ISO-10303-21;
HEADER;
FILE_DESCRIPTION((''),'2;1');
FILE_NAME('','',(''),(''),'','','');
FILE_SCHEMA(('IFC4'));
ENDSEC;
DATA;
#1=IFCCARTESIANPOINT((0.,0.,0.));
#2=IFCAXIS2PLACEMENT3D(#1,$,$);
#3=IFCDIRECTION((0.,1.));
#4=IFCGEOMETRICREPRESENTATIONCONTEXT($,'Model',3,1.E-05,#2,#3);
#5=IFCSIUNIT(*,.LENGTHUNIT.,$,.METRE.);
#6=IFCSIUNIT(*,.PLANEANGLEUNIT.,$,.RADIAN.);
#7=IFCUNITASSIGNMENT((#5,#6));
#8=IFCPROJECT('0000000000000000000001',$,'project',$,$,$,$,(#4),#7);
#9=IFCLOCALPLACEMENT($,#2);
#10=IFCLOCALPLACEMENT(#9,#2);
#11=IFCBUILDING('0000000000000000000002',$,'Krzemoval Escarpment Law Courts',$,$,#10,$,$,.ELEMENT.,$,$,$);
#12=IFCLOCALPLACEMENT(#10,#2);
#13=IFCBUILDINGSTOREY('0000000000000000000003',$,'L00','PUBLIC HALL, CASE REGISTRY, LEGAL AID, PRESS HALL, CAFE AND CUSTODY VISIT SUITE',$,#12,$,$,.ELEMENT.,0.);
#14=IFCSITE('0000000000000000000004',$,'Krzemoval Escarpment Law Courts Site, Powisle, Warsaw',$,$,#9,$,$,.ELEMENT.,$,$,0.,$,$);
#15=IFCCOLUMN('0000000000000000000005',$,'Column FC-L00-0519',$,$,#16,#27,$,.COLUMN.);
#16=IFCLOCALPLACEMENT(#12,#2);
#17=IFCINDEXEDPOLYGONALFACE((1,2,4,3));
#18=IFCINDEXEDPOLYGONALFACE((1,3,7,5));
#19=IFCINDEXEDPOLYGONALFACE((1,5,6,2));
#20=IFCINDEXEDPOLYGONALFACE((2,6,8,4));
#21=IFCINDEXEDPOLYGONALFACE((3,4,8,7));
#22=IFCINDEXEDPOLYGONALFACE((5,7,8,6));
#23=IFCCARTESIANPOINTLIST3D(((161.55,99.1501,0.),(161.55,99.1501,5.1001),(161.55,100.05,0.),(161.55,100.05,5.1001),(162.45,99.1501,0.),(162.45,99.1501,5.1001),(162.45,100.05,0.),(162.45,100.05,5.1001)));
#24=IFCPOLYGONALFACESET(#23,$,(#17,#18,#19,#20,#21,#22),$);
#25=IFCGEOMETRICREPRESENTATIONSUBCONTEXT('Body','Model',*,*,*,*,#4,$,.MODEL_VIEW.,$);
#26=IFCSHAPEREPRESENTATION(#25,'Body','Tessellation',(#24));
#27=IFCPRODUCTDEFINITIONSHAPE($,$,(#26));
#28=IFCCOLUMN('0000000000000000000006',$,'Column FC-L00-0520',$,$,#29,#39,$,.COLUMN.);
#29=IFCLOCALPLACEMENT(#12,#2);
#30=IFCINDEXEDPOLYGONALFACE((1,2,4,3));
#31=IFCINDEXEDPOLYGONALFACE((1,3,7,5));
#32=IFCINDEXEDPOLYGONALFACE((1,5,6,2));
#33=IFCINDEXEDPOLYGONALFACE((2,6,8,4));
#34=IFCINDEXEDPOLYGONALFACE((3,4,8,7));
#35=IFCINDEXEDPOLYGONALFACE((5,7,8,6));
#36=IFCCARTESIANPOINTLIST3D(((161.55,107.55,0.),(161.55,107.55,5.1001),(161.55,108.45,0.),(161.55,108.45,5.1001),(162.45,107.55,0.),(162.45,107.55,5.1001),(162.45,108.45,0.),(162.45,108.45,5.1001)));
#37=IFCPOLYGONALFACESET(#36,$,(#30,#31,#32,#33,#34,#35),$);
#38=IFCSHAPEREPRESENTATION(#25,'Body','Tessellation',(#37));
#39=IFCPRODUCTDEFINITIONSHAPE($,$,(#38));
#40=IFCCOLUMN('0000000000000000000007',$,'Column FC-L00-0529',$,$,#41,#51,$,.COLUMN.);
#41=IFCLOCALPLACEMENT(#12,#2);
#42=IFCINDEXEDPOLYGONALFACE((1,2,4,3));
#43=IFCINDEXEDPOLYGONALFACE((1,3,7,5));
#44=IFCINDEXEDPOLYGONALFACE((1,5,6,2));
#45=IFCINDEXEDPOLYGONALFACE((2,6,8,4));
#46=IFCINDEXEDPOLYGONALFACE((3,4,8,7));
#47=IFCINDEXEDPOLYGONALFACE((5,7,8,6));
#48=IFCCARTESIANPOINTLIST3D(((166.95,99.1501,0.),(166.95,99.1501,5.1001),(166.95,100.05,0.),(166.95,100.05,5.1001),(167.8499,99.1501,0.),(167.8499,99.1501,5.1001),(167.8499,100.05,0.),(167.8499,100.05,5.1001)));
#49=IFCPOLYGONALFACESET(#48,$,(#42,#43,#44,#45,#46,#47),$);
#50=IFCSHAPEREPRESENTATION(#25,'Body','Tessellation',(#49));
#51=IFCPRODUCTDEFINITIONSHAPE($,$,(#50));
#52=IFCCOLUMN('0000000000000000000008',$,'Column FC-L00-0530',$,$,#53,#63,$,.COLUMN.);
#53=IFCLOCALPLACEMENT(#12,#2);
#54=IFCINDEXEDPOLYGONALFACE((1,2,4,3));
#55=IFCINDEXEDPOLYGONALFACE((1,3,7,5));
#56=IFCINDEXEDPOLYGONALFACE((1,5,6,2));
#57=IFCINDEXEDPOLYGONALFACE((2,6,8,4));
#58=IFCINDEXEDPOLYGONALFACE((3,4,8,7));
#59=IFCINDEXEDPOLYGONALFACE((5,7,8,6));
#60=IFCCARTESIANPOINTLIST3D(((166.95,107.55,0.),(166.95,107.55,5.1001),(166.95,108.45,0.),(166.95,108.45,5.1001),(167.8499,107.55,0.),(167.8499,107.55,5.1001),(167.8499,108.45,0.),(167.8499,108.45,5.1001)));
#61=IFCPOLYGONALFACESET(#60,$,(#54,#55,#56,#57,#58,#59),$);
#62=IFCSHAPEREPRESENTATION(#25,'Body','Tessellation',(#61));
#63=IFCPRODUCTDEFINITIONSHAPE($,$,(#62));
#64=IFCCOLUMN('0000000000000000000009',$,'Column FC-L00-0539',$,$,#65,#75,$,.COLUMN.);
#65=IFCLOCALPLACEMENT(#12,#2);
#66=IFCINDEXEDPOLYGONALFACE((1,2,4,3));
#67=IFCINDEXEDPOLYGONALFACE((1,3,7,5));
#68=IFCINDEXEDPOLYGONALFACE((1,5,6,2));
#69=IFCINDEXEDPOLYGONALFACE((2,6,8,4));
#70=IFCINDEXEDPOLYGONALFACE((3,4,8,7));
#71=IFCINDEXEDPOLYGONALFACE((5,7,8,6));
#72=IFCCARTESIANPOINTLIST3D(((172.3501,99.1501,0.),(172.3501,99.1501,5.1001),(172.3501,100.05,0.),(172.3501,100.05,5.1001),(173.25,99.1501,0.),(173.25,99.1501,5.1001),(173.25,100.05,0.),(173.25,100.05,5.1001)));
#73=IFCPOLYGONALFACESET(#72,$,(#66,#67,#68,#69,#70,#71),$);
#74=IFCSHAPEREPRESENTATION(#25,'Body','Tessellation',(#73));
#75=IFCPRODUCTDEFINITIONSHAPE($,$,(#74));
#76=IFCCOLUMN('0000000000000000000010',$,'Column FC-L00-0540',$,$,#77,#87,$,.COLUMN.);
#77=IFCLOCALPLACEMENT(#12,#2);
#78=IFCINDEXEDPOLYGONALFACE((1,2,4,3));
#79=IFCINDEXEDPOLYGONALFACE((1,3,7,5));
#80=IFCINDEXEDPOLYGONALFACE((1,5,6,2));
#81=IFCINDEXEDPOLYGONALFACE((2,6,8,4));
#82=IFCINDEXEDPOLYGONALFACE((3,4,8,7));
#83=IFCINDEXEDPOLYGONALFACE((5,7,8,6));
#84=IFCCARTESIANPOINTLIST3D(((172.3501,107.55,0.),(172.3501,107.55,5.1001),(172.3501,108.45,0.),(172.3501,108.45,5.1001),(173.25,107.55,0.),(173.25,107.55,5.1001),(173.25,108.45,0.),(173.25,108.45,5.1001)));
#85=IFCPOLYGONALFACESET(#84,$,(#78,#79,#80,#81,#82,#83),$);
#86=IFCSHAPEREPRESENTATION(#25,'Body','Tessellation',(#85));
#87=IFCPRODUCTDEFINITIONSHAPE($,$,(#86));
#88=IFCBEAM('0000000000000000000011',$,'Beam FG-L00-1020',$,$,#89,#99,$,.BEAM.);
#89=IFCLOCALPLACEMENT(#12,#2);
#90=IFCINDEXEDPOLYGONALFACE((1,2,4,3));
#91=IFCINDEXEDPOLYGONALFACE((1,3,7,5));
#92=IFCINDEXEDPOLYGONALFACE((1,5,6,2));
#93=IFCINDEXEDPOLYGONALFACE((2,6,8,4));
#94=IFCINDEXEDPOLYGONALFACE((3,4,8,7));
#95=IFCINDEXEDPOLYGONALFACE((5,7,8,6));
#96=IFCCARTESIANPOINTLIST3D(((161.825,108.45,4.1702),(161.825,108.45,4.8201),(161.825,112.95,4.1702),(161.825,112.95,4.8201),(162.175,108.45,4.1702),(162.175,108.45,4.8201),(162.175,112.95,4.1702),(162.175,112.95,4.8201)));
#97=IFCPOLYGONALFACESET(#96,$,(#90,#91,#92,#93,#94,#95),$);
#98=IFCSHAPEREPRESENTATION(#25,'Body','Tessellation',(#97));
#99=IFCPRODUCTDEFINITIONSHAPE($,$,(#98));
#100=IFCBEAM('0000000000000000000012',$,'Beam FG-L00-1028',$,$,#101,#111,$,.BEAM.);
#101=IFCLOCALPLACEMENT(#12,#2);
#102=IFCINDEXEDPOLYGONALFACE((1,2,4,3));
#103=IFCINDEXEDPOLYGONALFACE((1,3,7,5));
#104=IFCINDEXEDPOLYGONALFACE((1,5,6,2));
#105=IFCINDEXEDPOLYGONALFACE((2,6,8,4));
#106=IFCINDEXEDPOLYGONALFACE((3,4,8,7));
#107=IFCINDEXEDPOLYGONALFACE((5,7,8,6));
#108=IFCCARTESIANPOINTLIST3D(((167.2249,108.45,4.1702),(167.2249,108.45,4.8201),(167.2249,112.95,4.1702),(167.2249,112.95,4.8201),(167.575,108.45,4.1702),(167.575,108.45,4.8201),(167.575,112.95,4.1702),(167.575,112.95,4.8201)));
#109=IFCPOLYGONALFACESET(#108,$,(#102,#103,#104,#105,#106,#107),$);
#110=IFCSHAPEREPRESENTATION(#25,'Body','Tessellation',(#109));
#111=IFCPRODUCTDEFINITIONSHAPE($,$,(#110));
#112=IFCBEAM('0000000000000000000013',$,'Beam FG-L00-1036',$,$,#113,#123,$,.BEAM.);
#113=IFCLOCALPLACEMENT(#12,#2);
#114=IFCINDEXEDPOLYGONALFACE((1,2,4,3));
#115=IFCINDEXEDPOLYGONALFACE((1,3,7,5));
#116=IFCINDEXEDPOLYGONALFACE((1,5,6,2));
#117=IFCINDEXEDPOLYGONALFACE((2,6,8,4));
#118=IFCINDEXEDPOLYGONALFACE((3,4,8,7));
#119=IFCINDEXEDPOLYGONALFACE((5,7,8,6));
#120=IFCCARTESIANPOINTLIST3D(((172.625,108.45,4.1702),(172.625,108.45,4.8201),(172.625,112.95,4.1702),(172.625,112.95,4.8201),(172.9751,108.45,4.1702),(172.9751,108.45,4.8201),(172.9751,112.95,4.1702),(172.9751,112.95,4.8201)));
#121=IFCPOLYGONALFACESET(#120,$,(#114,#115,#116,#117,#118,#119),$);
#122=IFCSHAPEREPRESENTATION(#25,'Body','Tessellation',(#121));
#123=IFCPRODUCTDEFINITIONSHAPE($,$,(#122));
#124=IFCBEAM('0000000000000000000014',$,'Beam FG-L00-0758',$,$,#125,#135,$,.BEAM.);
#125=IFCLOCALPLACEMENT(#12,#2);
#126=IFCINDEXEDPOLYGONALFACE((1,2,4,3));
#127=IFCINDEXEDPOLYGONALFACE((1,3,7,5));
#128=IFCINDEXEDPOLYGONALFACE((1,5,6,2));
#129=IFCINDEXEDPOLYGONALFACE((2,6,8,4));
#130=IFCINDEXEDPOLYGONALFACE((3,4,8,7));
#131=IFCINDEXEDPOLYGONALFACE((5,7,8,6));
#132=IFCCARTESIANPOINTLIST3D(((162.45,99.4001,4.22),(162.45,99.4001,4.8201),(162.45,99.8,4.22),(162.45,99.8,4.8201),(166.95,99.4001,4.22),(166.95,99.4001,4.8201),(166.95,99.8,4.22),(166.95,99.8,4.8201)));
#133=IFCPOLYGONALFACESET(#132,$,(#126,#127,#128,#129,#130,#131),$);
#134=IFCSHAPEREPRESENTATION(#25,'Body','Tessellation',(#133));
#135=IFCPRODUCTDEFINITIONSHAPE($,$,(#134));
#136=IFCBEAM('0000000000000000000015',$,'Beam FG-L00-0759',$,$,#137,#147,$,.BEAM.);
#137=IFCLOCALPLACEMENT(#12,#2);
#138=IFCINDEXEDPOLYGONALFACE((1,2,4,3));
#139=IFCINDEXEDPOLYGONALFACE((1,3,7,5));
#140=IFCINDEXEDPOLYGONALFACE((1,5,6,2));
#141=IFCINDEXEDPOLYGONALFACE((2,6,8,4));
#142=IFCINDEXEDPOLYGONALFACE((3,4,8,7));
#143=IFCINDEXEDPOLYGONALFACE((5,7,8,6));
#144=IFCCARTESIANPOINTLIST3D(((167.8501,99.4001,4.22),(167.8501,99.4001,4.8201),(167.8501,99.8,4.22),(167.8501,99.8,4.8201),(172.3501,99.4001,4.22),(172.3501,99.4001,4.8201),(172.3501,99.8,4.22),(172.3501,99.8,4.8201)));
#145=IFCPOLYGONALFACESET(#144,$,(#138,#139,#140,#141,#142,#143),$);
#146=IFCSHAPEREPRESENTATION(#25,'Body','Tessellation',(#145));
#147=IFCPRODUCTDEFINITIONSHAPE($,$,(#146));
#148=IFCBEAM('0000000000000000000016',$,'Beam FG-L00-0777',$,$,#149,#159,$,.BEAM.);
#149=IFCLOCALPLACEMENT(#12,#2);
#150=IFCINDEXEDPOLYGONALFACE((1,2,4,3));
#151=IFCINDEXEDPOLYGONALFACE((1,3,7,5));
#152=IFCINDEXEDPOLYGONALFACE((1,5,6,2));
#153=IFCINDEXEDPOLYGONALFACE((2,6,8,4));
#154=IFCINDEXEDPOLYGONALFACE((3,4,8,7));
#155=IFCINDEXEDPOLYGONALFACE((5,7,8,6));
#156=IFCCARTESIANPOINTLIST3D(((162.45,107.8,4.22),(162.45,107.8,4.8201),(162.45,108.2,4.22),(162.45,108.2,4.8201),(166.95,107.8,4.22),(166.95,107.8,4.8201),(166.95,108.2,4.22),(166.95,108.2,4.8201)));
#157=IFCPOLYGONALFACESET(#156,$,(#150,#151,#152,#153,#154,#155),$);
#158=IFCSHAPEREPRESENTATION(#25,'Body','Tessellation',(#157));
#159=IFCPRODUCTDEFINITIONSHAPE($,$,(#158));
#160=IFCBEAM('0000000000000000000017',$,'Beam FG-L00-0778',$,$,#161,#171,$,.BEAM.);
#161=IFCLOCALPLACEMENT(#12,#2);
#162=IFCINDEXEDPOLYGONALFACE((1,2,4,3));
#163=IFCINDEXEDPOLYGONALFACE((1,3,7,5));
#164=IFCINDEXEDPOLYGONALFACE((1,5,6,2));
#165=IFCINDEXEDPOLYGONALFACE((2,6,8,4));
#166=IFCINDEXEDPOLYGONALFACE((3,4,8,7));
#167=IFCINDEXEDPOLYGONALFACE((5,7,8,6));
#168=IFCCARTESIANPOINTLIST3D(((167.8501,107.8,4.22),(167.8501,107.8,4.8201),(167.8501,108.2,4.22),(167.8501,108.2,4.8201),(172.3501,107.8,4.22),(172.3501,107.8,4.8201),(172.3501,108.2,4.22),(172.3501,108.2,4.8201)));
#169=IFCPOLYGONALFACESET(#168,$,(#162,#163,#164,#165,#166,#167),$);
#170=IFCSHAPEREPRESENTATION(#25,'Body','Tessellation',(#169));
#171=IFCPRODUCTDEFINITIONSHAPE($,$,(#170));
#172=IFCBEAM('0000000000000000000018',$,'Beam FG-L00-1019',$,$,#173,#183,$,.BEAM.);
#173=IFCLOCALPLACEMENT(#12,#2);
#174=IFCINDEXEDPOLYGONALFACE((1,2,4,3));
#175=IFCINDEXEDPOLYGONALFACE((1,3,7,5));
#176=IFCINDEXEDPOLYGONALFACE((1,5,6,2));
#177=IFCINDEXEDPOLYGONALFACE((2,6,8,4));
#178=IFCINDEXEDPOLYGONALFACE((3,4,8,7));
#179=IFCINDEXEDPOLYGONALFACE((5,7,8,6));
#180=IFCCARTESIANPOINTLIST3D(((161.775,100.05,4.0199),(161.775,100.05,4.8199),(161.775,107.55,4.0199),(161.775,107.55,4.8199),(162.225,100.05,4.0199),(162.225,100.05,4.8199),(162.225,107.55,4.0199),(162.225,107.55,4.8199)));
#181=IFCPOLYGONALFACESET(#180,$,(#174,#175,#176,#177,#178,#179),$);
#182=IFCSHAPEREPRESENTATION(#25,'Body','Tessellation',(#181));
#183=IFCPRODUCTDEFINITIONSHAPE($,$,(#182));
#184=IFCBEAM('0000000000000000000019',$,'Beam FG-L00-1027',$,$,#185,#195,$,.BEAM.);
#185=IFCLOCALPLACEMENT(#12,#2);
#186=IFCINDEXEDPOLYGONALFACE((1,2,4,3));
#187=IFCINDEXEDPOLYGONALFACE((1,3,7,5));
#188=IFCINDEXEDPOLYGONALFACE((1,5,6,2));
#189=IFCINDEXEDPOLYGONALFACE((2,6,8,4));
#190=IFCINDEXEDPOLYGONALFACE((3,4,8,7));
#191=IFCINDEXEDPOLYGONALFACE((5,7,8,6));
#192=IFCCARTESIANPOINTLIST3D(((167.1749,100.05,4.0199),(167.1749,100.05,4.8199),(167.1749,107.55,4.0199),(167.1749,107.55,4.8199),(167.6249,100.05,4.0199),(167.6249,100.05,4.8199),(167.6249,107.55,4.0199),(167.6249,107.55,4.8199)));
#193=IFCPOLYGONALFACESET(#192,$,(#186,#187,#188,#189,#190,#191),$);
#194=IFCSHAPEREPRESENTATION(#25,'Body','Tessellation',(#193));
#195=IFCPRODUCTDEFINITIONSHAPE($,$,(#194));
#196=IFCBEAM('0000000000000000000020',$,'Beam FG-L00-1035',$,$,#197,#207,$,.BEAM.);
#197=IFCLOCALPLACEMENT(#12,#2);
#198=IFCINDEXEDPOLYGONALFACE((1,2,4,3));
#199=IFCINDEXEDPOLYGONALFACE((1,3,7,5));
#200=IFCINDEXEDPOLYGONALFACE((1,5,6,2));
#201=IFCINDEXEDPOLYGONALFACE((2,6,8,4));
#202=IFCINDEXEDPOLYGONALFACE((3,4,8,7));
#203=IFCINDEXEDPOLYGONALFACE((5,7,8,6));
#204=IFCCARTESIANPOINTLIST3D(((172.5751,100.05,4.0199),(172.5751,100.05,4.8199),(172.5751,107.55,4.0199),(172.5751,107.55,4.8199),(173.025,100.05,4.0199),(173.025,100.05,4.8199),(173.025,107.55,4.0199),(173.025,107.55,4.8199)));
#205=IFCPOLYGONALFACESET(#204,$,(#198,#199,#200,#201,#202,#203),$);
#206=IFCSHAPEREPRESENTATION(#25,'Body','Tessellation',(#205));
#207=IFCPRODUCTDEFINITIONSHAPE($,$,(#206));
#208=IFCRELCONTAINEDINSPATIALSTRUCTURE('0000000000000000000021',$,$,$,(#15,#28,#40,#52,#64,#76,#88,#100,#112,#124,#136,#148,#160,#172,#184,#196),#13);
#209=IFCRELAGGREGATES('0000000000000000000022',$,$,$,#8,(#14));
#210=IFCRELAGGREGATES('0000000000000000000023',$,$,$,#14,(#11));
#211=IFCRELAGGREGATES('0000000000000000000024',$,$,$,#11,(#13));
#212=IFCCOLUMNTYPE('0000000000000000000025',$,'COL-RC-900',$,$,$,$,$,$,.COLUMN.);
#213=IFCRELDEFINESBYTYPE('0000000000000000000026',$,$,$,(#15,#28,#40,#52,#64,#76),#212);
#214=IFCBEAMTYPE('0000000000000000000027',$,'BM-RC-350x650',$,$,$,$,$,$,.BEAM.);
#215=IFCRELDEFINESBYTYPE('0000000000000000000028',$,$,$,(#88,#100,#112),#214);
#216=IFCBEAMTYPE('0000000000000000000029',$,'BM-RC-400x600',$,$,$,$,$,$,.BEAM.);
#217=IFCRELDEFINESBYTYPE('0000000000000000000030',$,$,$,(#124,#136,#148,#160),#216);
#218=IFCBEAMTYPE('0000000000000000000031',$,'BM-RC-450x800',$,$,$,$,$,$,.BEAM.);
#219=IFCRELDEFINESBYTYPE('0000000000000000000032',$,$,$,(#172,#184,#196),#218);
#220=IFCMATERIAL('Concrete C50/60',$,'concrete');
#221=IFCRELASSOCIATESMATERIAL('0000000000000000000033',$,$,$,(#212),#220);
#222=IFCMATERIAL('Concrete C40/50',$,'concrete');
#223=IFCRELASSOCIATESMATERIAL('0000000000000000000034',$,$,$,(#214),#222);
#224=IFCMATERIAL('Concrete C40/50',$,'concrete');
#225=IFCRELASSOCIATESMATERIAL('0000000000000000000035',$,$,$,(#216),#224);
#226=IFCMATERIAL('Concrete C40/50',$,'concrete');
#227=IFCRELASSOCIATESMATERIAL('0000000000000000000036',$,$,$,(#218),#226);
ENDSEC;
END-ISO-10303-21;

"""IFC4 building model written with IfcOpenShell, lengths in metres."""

from ifc_helpers import new_model, si_unit, direction, frame, origin, origin_2d, place, context, subcontext, project, spatial, rectangle, extrude, material, material_profile, profile_set, type_object, element, save


model = new_model("IFC4")

# Units and contexts
model_context = context("Model", 3, precision=1e-05, world=origin(), true_north=direction((0.0, 1.0)))
body_context = subcontext(model_context, "Body", "Model", "MODEL_VIEW")
ifc_project = project(units=[si_unit("LENGTHUNIT", "METRE"), si_unit("PLANEANGLEUNIT", "RADIAN")], contexts=[model_context])

# Site, building, storey
site_placement = place(None, origin())
site = spatial("IfcSite", under=ifc_project, at=site_placement, Name="Krzemoval Escarpment Law Courts Site, Powisle, Warsaw", CompositionType="ELEMENT", RefElevation=0.0)
building_placement = place(site_placement, origin())
building = spatial("IfcBuilding", under=site, at=building_placement, Name="Krzemoval Escarpment Law Courts", CompositionType="ELEMENT")
storey_placement = place(building_placement, origin())
storey = spatial("IfcBuildingStorey", under=building, at=storey_placement, Name="L00", Description="PUBLIC HALL, CASE REGISTRY, LEGAL AID, PRESS HALL, CAFE AND CUSTODY VISIT SUITE", CompositionType="ELEMENT", Elevation=0.0)

# Columns
ifc_material_1 = material(Name="Concrete C50/60", Category="concrete")
ifc_material_profile_1 = material_profile(ifc_material_1, rectangle(XDim=0.8999, YDim=0.8999, at=origin_2d()), Name="RC 900x900")
ifc_profile_set_1 = profile_set([ifc_material_profile_1], Name="Concrete C50/60")
column_type = type_object("IfcColumnType", Name="COL-RC-900", PredefinedType="COLUMN", material=ifc_profile_set_1)
for number, where, z_axis, x_axis, name in (
    (1, (162.0, 99.6001, 0.0), (0.0, 0.0, 1.0), (1.0, 0.0, 0.0), "Column FC-L00-0519"),
    (2, (162.0, 108.0, 0.0), (0.0, 0.0, 1.0), (1.0, 0.0, 0.0), "Column FC-L00-0520"),
    (3, (167.3999, 99.6001, 0.0), (0.0, 0.0, 1.0), (1.0, 0.0, 0.0), "Column FC-L00-0529"),
    (4, (167.3999, 108.0, 0.0), (0.0, 0.0, 1.0), (1.0, 0.0, 0.0), "Column FC-L00-0530"),
    (5, (172.8, 99.6001, 0.0), (0.0, 0.0, 1.0), (1.0, 0.0, 0.0), "Column FC-L00-0539"),
    (6, (172.8, 108.0, 0.0), (0.0, 0.0, 1.0), (1.0, 0.0, 0.0), "Column FC-L00-0540"),
):
    element("IfcColumn", number, at=place(storey_placement, frame(where, z_axis=z_axis, x_axis=x_axis)), inside=storey, type_object=column_type, Name=name, PredefinedType="COLUMN", context=body_context, shape_type="SweptSolid", body=[
        extrude(rectangle(XDim=0.8999, YDim=0.8999, at=origin_2d()), origin(), (0.0, 0.0, 1.0), 5.1001),
    ])

# Beams
ifc_material_2 = material(Name="Concrete C40/50", Category="concrete")
ifc_material_profile_2 = material_profile(ifc_material_2, rectangle(XDim=0.3501, YDim=0.6499, at=origin_2d()), Name="RCB 350x650")
ifc_profile_set_2 = profile_set([ifc_material_profile_2], Name="Concrete C40/50")
beam_type_1 = type_object("IfcBeamType", Name="BM-RC-350x650", PredefinedType="BEAM", material=ifc_profile_set_2)
for number, where, z_axis, x_axis, name in (
    (7, (162.0, 108.45, 4.4951), (0.0, 1.0, 0.0), (-1.0, 0.0, 0.0), "Beam FG-L00-1020"),
    (8, (167.3999, 108.45, 4.4951), (0.0, 1.0, 0.0), (-1.0, 0.0, 0.0), "Beam FG-L00-1028"),
    (9, (172.8, 108.45, 4.4951), (0.0, 1.0, 0.0), (-1.0, 0.0, 0.0), "Beam FG-L00-1036"),
):
    element("IfcBeam", number, at=place(storey_placement, frame(where, z_axis=z_axis, x_axis=x_axis)), inside=storey, type_object=beam_type_1, Name=name, PredefinedType="BEAM", context=body_context, shape_type="SweptSolid", body=[
        extrude(rectangle(XDim=0.3501, YDim=0.6499, at=origin_2d()), origin(), (0.0, 0.0, 1.0), 4.5),
    ])
ifc_material_3 = material(Name="Concrete C40/50", Category="concrete")
ifc_material_profile_3 = material_profile(ifc_material_3, rectangle(XDim=0.3999, YDim=0.6001, at=origin_2d()), Name="RCB 400x600")
ifc_profile_set_3 = profile_set([ifc_material_profile_3], Name="Concrete C40/50")
beam_type_2 = type_object("IfcBeamType", Name="BM-RC-400x600", PredefinedType="BEAM", material=ifc_profile_set_3)
for number, where, z_axis, x_axis, name in (
    (10, (162.45, 99.6001, 4.52), (1.0, 0.0, 0.0), (0.0, 1.0, 0.0), "Beam FG-L00-0758"),
    (11, (167.8501, 99.6001, 4.52), (1.0, 0.0, 0.0), (0.0, 1.0, 0.0), "Beam FG-L00-0759"),
    (12, (162.45, 108.0, 4.52), (1.0, 0.0, 0.0), (0.0, 1.0, 0.0), "Beam FG-L00-0777"),
    (13, (167.8501, 108.0, 4.52), (1.0, 0.0, 0.0), (0.0, 1.0, 0.0), "Beam FG-L00-0778"),
):
    element("IfcBeam", number, at=place(storey_placement, frame(where, z_axis=z_axis, x_axis=x_axis)), inside=storey, type_object=beam_type_2, Name=name, PredefinedType="BEAM", context=body_context, shape_type="SweptSolid", body=[
        extrude(rectangle(XDim=0.3999, YDim=0.6001, at=origin_2d()), origin(), (0.0, 0.0, 1.0), 4.5),
    ])
ifc_material_4 = material(Name="Concrete C40/50", Category="concrete")
ifc_material_profile_4 = material_profile(ifc_material_4, rectangle(XDim=0.45, YDim=0.8, at=origin_2d()), Name="RCB 450x800")
ifc_profile_set_4 = profile_set([ifc_material_profile_4], Name="Concrete C40/50")
beam_type_3 = type_object("IfcBeamType", Name="BM-RC-450x800", PredefinedType="BEAM", material=ifc_profile_set_4)
for number, where, z_axis, x_axis, name in (
    (14, (162.0, 100.05, 4.4199), (0.0, 1.0, 0.0), (-1.0, 0.0, 0.0), "Beam FG-L00-1019"),
    (15, (167.3999, 100.05, 4.4199), (0.0, 1.0, 0.0), (-1.0, 0.0, 0.0), "Beam FG-L00-1027"),
    (16, (172.8, 100.05, 4.4199), (0.0, 1.0, 0.0), (-1.0, 0.0, 0.0), "Beam FG-L00-1035"),
):
    element("IfcBeam", number, at=place(storey_placement, frame(where, z_axis=z_axis, x_axis=x_axis)), inside=storey, type_object=beam_type_3, Name=name, PredefinedType="BEAM", context=body_context, shape_type="SweptSolid", body=[
        extrude(rectangle(XDim=0.45, YDim=0.8, at=origin_2d()), origin(), (0.0, 0.0, 1.0), 7.5),
    ])

save(model, "model.ifc")
